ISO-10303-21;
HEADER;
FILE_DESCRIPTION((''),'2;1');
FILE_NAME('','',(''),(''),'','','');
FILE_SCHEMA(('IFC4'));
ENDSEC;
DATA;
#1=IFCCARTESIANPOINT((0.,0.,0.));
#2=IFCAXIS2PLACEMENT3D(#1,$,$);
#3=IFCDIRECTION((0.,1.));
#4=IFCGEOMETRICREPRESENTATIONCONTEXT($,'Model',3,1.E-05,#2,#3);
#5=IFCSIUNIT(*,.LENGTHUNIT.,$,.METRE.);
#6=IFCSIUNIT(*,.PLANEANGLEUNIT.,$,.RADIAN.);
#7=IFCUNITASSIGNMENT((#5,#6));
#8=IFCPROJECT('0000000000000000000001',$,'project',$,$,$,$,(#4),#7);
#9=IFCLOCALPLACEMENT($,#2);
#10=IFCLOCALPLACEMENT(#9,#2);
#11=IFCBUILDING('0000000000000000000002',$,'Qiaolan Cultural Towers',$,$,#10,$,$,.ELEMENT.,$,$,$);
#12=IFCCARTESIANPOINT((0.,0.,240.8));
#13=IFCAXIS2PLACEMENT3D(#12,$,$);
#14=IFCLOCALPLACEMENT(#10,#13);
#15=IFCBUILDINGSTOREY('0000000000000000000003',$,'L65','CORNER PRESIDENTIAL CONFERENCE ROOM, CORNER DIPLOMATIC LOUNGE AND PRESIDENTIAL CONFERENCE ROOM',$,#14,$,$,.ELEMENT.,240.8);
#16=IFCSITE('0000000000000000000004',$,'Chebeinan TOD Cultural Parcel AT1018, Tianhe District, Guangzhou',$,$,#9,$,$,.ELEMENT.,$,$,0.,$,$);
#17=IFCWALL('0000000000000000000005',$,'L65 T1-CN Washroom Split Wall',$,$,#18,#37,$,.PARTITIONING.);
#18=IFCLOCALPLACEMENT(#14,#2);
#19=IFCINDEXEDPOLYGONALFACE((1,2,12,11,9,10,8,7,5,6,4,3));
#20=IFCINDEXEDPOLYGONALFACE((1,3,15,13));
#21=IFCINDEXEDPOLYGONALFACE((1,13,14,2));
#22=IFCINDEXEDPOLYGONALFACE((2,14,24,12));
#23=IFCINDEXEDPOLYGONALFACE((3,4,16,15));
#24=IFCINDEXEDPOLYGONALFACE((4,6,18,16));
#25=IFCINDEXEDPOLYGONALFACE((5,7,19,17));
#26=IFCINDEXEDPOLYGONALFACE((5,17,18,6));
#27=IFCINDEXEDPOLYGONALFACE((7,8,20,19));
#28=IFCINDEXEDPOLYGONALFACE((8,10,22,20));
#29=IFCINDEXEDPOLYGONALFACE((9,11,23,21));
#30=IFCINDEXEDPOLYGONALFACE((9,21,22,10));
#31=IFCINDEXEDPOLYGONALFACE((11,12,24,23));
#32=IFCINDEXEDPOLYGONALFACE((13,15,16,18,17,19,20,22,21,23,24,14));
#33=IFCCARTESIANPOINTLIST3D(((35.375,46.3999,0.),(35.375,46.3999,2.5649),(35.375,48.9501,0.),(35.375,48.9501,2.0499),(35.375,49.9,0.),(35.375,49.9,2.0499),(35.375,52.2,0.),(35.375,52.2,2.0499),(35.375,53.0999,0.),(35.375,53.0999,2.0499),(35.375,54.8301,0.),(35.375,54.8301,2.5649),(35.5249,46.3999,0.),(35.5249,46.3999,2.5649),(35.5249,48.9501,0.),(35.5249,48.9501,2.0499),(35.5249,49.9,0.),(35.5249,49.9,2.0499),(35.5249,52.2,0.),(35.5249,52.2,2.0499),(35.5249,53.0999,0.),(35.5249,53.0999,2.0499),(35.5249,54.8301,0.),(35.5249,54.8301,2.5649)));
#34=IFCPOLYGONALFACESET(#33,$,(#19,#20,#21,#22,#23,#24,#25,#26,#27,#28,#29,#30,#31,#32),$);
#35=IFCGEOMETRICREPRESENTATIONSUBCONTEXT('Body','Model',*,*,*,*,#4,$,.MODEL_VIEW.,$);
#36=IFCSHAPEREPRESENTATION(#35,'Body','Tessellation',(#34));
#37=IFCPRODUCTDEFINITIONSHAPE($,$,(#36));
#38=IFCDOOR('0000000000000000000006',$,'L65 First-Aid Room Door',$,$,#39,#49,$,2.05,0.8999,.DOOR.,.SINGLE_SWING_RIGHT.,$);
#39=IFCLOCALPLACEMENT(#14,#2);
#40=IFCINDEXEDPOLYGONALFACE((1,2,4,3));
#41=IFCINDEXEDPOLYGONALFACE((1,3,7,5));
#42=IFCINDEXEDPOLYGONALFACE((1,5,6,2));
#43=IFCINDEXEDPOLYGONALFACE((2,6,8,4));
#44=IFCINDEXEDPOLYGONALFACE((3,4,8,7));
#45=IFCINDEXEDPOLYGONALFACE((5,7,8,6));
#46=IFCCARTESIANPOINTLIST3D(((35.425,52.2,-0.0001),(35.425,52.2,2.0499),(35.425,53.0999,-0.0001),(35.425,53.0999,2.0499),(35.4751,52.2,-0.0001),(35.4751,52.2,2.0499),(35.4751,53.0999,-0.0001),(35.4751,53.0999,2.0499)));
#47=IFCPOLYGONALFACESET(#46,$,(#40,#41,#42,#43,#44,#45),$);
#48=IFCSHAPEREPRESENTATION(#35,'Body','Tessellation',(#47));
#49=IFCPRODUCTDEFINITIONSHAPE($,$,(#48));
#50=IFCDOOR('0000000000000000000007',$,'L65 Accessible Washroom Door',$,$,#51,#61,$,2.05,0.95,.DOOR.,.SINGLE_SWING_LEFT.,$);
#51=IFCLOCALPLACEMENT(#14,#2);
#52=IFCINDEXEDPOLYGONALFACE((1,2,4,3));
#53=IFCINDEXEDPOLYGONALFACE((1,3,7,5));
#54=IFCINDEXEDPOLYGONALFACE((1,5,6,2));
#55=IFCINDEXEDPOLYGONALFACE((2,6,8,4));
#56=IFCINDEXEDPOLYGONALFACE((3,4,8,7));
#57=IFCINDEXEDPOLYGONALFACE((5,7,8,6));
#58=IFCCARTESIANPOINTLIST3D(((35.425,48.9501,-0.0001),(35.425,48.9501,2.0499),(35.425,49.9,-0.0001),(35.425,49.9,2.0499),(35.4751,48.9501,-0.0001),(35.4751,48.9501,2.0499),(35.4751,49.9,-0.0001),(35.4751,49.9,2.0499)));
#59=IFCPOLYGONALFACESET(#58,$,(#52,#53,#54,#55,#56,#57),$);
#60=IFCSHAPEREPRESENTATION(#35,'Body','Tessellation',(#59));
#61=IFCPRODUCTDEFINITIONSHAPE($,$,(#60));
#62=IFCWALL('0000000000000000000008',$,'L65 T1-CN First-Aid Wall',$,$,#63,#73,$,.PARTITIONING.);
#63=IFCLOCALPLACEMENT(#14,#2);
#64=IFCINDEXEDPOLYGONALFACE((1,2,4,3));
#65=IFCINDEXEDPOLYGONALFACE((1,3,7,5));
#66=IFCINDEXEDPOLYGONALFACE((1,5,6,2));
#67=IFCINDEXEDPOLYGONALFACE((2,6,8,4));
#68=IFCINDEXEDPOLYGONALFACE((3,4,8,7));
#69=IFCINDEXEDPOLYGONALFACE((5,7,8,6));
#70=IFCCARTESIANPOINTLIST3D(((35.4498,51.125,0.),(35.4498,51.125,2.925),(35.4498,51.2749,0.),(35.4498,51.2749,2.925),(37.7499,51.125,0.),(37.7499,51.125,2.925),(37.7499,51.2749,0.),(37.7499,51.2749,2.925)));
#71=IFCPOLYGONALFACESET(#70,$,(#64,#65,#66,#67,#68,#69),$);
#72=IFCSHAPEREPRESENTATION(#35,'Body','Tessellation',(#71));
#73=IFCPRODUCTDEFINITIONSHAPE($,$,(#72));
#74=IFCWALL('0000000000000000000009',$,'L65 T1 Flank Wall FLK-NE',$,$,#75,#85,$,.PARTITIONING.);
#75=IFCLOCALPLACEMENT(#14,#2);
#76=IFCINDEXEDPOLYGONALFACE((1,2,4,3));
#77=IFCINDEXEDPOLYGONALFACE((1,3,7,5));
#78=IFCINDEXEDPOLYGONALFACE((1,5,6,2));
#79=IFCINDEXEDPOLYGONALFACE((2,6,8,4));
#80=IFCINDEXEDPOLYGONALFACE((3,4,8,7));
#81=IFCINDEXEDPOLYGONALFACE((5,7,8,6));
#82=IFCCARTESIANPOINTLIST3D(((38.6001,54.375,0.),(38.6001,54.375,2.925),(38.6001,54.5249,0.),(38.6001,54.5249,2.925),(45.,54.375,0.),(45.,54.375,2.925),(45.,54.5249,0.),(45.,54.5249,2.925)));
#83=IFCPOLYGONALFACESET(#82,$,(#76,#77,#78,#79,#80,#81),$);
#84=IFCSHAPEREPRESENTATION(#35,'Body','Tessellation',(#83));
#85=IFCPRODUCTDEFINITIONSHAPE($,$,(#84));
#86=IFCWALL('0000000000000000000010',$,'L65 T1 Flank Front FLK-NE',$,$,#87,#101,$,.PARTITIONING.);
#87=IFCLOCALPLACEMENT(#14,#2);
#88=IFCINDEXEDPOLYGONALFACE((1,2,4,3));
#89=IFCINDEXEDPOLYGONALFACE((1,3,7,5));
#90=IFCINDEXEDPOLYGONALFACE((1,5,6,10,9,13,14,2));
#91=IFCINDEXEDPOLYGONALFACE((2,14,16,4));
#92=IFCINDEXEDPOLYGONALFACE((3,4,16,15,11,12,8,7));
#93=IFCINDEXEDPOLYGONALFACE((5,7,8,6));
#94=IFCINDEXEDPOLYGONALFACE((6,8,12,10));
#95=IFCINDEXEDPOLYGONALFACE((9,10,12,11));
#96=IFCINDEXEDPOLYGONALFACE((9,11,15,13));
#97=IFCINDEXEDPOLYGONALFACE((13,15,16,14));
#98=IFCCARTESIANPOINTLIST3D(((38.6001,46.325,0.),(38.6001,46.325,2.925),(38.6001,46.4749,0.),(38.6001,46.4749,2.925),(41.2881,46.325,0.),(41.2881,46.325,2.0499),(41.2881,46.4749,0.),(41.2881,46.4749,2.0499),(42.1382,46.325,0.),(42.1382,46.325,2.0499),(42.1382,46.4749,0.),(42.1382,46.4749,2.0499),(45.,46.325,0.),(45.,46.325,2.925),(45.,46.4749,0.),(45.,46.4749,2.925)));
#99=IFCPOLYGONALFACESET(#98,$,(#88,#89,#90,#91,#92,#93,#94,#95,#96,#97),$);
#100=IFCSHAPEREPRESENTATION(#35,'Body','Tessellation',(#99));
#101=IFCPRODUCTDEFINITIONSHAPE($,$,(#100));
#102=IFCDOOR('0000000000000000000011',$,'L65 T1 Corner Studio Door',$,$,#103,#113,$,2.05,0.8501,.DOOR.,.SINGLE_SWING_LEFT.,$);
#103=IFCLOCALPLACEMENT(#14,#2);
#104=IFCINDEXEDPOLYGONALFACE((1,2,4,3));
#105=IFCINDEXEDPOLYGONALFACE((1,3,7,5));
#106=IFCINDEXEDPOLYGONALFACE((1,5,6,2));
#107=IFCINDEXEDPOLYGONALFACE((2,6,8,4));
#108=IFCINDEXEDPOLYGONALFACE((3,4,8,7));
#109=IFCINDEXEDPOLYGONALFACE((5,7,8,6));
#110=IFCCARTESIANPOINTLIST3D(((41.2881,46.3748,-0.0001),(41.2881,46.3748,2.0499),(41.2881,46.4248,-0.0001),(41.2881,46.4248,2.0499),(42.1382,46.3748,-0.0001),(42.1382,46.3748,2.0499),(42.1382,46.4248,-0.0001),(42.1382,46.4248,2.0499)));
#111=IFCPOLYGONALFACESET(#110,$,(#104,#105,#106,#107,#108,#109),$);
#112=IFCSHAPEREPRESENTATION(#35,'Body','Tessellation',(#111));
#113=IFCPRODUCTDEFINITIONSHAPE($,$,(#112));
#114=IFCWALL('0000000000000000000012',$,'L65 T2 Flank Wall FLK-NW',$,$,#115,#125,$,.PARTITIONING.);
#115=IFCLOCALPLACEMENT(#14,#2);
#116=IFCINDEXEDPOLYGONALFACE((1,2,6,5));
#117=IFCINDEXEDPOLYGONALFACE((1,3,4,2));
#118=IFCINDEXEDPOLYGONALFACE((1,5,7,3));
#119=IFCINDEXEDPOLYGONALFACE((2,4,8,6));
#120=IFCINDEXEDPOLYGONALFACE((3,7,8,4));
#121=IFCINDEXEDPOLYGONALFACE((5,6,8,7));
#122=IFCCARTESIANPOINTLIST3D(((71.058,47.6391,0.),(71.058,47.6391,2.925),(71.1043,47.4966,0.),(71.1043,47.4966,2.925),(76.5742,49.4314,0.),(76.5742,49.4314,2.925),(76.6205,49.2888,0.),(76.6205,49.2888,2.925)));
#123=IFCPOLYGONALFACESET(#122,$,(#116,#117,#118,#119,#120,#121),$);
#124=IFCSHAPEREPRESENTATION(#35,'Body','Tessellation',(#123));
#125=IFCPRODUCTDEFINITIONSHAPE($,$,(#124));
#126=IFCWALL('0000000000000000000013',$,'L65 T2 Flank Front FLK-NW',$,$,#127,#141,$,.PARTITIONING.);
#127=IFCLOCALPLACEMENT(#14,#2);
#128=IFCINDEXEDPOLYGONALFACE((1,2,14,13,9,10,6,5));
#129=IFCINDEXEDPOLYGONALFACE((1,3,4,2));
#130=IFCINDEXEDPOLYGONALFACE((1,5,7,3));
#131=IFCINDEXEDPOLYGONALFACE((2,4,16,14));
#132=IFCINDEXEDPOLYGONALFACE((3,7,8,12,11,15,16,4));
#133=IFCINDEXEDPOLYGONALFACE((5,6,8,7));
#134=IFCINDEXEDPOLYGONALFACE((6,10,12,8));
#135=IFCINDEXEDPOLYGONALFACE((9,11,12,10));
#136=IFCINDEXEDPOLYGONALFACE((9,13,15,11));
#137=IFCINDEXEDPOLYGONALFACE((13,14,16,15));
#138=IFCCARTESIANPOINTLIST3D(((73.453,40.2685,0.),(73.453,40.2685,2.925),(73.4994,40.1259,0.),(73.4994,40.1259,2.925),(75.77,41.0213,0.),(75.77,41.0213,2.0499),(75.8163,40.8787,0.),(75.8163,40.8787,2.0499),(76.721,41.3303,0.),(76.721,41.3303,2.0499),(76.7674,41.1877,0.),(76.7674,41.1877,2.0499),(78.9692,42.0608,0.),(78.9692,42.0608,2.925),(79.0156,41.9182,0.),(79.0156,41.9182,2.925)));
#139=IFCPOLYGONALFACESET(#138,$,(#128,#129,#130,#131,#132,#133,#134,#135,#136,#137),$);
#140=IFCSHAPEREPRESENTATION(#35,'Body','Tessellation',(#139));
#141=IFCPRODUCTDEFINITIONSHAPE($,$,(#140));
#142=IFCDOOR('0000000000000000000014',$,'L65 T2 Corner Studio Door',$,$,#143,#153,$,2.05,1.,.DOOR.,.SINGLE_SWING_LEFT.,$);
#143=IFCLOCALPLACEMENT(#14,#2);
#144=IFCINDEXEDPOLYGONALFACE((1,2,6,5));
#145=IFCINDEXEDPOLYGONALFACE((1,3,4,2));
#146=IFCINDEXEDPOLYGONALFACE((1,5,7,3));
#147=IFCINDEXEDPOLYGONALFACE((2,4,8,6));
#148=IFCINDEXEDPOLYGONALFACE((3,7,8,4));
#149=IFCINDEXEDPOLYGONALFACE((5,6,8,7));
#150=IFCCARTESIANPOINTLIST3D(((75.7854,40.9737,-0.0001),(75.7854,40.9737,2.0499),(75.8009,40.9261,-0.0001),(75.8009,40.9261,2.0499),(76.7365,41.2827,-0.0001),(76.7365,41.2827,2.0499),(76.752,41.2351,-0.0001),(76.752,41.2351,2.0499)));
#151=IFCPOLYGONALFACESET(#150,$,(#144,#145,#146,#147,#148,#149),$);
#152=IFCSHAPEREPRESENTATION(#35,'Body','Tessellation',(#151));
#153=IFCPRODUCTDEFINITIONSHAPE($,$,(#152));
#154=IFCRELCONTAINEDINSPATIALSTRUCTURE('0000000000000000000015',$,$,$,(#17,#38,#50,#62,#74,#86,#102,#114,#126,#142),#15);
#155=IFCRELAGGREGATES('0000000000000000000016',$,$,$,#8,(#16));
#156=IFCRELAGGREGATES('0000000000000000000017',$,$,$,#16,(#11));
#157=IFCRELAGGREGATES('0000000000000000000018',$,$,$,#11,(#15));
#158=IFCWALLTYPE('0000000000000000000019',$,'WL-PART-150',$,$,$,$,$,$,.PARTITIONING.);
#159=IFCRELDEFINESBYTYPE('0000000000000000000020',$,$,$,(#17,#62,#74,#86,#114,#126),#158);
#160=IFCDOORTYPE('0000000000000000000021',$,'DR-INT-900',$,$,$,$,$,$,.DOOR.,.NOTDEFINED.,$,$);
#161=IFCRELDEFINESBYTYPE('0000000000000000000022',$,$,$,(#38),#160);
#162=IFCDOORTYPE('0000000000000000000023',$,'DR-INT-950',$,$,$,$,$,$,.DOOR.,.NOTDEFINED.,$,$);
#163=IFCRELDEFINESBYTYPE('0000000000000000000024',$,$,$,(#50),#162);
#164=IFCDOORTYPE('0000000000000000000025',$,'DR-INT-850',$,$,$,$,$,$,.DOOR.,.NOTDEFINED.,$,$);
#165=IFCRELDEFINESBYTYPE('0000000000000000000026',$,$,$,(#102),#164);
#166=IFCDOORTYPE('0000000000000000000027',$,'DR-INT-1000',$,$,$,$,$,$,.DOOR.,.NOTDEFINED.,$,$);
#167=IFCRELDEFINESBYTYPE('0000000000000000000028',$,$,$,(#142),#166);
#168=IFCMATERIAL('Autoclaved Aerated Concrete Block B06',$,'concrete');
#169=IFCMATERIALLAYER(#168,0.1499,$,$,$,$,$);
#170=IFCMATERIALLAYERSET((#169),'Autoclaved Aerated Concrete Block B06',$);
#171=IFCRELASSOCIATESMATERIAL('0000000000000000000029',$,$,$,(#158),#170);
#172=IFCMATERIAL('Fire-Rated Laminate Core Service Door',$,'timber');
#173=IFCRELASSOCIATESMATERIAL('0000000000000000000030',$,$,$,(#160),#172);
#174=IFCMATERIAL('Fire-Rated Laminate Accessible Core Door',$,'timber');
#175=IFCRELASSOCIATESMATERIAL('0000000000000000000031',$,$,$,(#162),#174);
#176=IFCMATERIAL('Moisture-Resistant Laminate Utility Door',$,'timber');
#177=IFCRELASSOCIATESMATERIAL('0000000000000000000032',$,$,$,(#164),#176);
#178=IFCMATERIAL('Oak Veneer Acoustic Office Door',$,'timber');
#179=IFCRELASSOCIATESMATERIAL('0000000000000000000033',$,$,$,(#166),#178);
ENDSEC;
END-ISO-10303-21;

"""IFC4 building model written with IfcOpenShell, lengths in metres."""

from ifc_helpers import new_model, si_unit, direction, frame, frame_2d, origin, place, context, subcontext, project, spatial, rectangle, extrude, material, layer, layer_set, type_object, element, fill, save


model = new_model("IFC4")

# Units and contexts
model_context = context("Model", 3, precision=1e-05, world=origin(), true_north=direction((0.0, 1.0)))
body_context = subcontext(model_context, "Body", "Model", "MODEL_VIEW")
ifc_project = project(units=[si_unit("LENGTHUNIT", "METRE"), si_unit("PLANEANGLEUNIT", "RADIAN")], contexts=[model_context])

# Site, building, storey
site_placement = place(None, origin())
site = spatial("IfcSite", under=ifc_project, at=site_placement, Name="Chebeinan TOD Cultural Parcel AT1018, Tianhe District, Guangzhou", CompositionType="ELEMENT", RefElevation=0.0)
building_placement = place(site_placement, origin())
building = spatial("IfcBuilding", under=site, at=building_placement, Name="Qiaolan Cultural Towers", CompositionType="ELEMENT")
storey_placement = place(building_placement, frame((0.0, 0.0, 240.8)))
storey = spatial("IfcBuildingStorey", under=building, at=storey_placement, Name="L65", Description="CORNER PRESIDENTIAL CONFERENCE ROOM, CORNER DIPLOMATIC LOUNGE AND PRESIDENTIAL CONFERENCE ROOM", CompositionType="ELEMENT", Elevation=240.8)

# Wall, openings, doors
ifc_material_1 = material(Name="Autoclaved Aerated Concrete Block B06", Category="concrete")
ifc_layer_1 = layer(ifc_material_1, 0.1499)
ifc_layer_set_1 = layer_set([ifc_layer_1], Name="Autoclaved Aerated Concrete Block B06")
wall_type_1 = type_object("IfcWallType", Name="WL-PART-150", PredefinedType="PARTITIONING", material=ifc_layer_set_1)
wall_1_placement = place(storey_placement, frame((35.45, 46.3999, 0.0), z_axis=(0.0, 0.0, 1.0), x_axis=(0.0, 1.0, 0.0)))
wall_1 = element("IfcWall", 1, at=wall_1_placement, inside=storey, type_object=wall_type_1, Name="L65 T1-CN Washroom Split Wall", PredefinedType="PARTITIONING", context=body_context, shape_type="SweptSolid", body=[
    extrude(rectangle(XDim=8.4302, YDim=0.1499, at=frame_2d((4.2151, 0.0))), origin(), (0.0, 0.0, 1.0), 2.5649),
])
opening_1_placement = place(wall_1_placement, frame((2.55, 0.0, 0.0)))
opening_1 = element("IfcOpeningElement", 2, at=opening_1_placement, cuts=wall_1, PredefinedType="OPENING", context=body_context, shape_type="SweptSolid", body=[
    extrude(rectangle(XDim=0.95, YDim=2.05, at=frame_2d((0.4751, 1.0249))), frame((0.0, 0.085, 0.0), z_axis=(0.0, -1.0, 0.0), x_axis=(1.0, 0.0, 0.0)), (0.0, 0.0, 1.0), 0.1699),
])
opening_2_placement = place(wall_1_placement, frame((5.8, 0.0, 0.0)))
opening_2 = element("IfcOpeningElement", 3, at=opening_2_placement, cuts=wall_1, PredefinedType="OPENING", context=body_context, shape_type="SweptSolid", body=[
    extrude(rectangle(XDim=0.8999, YDim=2.05, at=frame_2d((0.45, 1.0249))), frame((0.0, 0.085, 0.0), z_axis=(0.0, -1.0, 0.0), x_axis=(1.0, 0.0, 0.0)), (0.0, 0.0, 1.0), 0.1699),
])
ifc_material_2 = material(Name="Fire-Rated Laminate Core Service Door", Category="timber")
door_type_1 = type_object("IfcDoorType", Name="DR-INT-900", OperationType="NOTDEFINED", PredefinedType="DOOR", material=ifc_material_2)
door_1_placement = place(opening_2_placement, origin())
door_1 = element("IfcDoor", 4, at=door_1_placement, inside=storey, type_object=door_type_1, Name="L65 First-Aid Room Door", OperationType="SINGLE_SWING_RIGHT", OverallHeight=2.05, OverallWidth=0.8999, PredefinedType="DOOR", context=body_context, shape_type="SweptSolid", body=[
    extrude(rectangle(XDim=0.8999, YDim=2.05, at=frame_2d((0.45, 1.0249))), frame((0.0, 0.0249, 0.0), z_axis=(0.0, -1.0, 0.0), x_axis=(1.0, 0.0, 0.0)), (0.0, 0.0, 1.0), 0.05),
])
fill(opening_2, door_1)
ifc_material_3 = material(Name="Fire-Rated Laminate Accessible Core Door", Category="timber")
door_type_2 = type_object("IfcDoorType", Name="DR-INT-950", OperationType="NOTDEFINED", PredefinedType="DOOR", material=ifc_material_3)
door_2_placement = place(opening_1_placement, origin())
door_2 = element("IfcDoor", 5, at=door_2_placement, inside=storey, type_object=door_type_2, Name="L65 Accessible Washroom Door", OperationType="SINGLE_SWING_LEFT", OverallHeight=2.05, OverallWidth=0.95, PredefinedType="DOOR", context=body_context, shape_type="SweptSolid", body=[
    extrude(rectangle(XDim=0.95, YDim=2.05, at=frame_2d((0.4751, 1.0249))), frame((0.0, 0.0249, 0.0), z_axis=(0.0, -1.0, 0.0), x_axis=(1.0, 0.0, 0.0)), (0.0, 0.0, 1.0), 0.05),
])
fill(opening_1, door_2)

# Walls
wall_2_placement = place(storey_placement, frame((35.45, 51.2, 0.0), z_axis=(0.0, 0.0, 1.0), x_axis=(1.0, 0.0, 0.0)))
element("IfcWall", 6, at=wall_2_placement, inside=storey, type_object=wall_type_1, Name="L65 T1-CN First-Aid Wall", PredefinedType="PARTITIONING", context=body_context, shape_type="SweptSolid", body=[
    extrude(rectangle(XDim=2.3, YDim=0.1499, at=frame_2d((1.1499, 0.0))), origin(), (0.0, 0.0, 1.0), 2.925),
])
wall_3_placement = place(storey_placement, frame((38.6001, 54.45, 0.0), z_axis=(0.0, 0.0, 1.0), x_axis=(1.0, 0.0, 0.0)))
element("IfcWall", 7, at=wall_3_placement, inside=storey, type_object=wall_type_1, Name="L65 T1 Flank Wall FLK-NE", PredefinedType="PARTITIONING", context=body_context, shape_type="SweptSolid", body=[
    extrude(rectangle(XDim=6.3999, YDim=0.1499, at=frame_2d((3.2, 0.0))), origin(), (0.0, 0.0, 1.0), 2.925),
])

# Wall, opening, door
wall_4_placement = place(storey_placement, frame((38.6001, 46.3999, 0.0), z_axis=(0.0, 0.0, 1.0), x_axis=(1.0, 0.0, 0.0)))
wall_4 = element("IfcWall", 8, at=wall_4_placement, inside=storey, type_object=wall_type_1, Name="L65 T1 Flank Front FLK-NE", PredefinedType="PARTITIONING", context=body_context, shape_type="SweptSolid", body=[
    extrude(rectangle(XDim=6.3999, YDim=0.1499, at=frame_2d((3.2, 0.0))), origin(), (0.0, 0.0, 1.0), 2.925),
])
opening_3_placement = place(wall_4_placement, frame((2.688, 0.0, 0.0)))
opening_3 = element("IfcOpeningElement", 9, at=opening_3_placement, cuts=wall_4, PredefinedType="OPENING", context=body_context, shape_type="SweptSolid", body=[
    extrude(rectangle(XDim=0.8501, YDim=2.05, at=frame_2d((0.425, 1.0249))), frame((0.0, 0.085, 0.0), z_axis=(0.0, -1.0, 0.0), x_axis=(1.0, 0.0, 0.0)), (0.0, 0.0, 1.0), 0.1699),
])
ifc_material_4 = material(Name="Moisture-Resistant Laminate Utility Door", Category="timber")
door_type_3 = type_object("IfcDoorType", Name="DR-INT-850", OperationType="NOTDEFINED", PredefinedType="DOOR", material=ifc_material_4)
door_3_placement = place(opening_3_placement, origin())
door_3 = element("IfcDoor", 10, at=door_3_placement, inside=storey, type_object=door_type_3, Name="L65 T1 Corner Studio Door", OperationType="SINGLE_SWING_LEFT", OverallHeight=2.05, OverallWidth=0.8501, PredefinedType="DOOR", context=body_context, shape_type="SweptSolid", body=[
    extrude(rectangle(XDim=0.8501, YDim=2.05, at=frame_2d((0.425, 1.0249))), frame((0.0, 0.0249, 0.0), z_axis=(0.0, -1.0, 0.0), x_axis=(1.0, 0.0, 0.0)), (0.0, 0.0, 1.0), 0.05),
])
fill(opening_3, door_3)

# Wall
wall_5_placement = place(storey_placement, frame((71.0813, 47.5679, 0.0), z_axis=(0.0, 0.0, 1.0), x_axis=(0.951059, 0.309008, 0.0)))
element("IfcWall", 11, at=wall_5_placement, inside=storey, type_object=wall_type_1, Name="L65 T2 Flank Wall FLK-NW", PredefinedType="PARTITIONING", context=body_context, shape_type="SweptSolid", body=[
    extrude(rectangle(XDim=5.8, YDim=0.1499, at=frame_2d((2.8999, 0.0))), origin(), (0.0, 0.0, 1.0), 2.925),
])

# Wall, opening, door
wall_6_placement = place(storey_placement, frame((73.4763, 40.1973, 0.0), z_axis=(0.0, 0.0, 1.0), x_axis=(0.951059, 0.309008, 0.0)))
wall_6 = element("IfcWall", 12, at=wall_6_placement, inside=storey, type_object=wall_type_1, Name="L65 T2 Flank Front FLK-NW", PredefinedType="PARTITIONING", context=body_context, shape_type="SweptSolid", body=[
    extrude(rectangle(XDim=5.8, YDim=0.1499, at=frame_2d((2.8999, 0.0))), origin(), (0.0, 0.0, 1.0), 2.925),
])
opening_4_placement = place(wall_6_placement, frame((2.436, 0.0, 0.0)))
opening_4 = element("IfcOpeningElement", 13, at=opening_4_placement, cuts=wall_6, PredefinedType="OPENING", context=body_context, shape_type="SweptSolid", body=[
    extrude(rectangle(XDim=1.0, YDim=2.05, at=frame_2d((0.5, 1.0249))), frame((0.0, 0.085, 0.0), z_axis=(0.0, -1.0, 0.0), x_axis=(1.0, 0.0, 0.0)), (0.0, 0.0, 1.0), 0.1699),
])
ifc_material_5 = material(Name="Oak Veneer Acoustic Office Door", Category="timber")
door_type_4 = type_object("IfcDoorType", Name="DR-INT-1000", OperationType="NOTDEFINED", PredefinedType="DOOR", material=ifc_material_5)
door_4_placement = place(opening_4_placement, origin())
door_4 = element("IfcDoor", 14, at=door_4_placement, inside=storey, type_object=door_type_4, Name="L65 T2 Corner Studio Door", OperationType="SINGLE_SWING_LEFT", OverallHeight=2.05, OverallWidth=1.0, PredefinedType="DOOR", context=body_context, shape_type="SweptSolid", body=[
    extrude(rectangle(XDim=1.0, YDim=2.05, at=frame_2d((0.5, 1.0249))), frame((0.0, 0.0249, 0.0), z_axis=(0.0, -1.0, 0.0), x_axis=(1.0, 0.0, 0.0)), (0.0, 0.0, 1.0), 0.05),
])
fill(opening_4, door_4)

save(model, "model.ifc")
